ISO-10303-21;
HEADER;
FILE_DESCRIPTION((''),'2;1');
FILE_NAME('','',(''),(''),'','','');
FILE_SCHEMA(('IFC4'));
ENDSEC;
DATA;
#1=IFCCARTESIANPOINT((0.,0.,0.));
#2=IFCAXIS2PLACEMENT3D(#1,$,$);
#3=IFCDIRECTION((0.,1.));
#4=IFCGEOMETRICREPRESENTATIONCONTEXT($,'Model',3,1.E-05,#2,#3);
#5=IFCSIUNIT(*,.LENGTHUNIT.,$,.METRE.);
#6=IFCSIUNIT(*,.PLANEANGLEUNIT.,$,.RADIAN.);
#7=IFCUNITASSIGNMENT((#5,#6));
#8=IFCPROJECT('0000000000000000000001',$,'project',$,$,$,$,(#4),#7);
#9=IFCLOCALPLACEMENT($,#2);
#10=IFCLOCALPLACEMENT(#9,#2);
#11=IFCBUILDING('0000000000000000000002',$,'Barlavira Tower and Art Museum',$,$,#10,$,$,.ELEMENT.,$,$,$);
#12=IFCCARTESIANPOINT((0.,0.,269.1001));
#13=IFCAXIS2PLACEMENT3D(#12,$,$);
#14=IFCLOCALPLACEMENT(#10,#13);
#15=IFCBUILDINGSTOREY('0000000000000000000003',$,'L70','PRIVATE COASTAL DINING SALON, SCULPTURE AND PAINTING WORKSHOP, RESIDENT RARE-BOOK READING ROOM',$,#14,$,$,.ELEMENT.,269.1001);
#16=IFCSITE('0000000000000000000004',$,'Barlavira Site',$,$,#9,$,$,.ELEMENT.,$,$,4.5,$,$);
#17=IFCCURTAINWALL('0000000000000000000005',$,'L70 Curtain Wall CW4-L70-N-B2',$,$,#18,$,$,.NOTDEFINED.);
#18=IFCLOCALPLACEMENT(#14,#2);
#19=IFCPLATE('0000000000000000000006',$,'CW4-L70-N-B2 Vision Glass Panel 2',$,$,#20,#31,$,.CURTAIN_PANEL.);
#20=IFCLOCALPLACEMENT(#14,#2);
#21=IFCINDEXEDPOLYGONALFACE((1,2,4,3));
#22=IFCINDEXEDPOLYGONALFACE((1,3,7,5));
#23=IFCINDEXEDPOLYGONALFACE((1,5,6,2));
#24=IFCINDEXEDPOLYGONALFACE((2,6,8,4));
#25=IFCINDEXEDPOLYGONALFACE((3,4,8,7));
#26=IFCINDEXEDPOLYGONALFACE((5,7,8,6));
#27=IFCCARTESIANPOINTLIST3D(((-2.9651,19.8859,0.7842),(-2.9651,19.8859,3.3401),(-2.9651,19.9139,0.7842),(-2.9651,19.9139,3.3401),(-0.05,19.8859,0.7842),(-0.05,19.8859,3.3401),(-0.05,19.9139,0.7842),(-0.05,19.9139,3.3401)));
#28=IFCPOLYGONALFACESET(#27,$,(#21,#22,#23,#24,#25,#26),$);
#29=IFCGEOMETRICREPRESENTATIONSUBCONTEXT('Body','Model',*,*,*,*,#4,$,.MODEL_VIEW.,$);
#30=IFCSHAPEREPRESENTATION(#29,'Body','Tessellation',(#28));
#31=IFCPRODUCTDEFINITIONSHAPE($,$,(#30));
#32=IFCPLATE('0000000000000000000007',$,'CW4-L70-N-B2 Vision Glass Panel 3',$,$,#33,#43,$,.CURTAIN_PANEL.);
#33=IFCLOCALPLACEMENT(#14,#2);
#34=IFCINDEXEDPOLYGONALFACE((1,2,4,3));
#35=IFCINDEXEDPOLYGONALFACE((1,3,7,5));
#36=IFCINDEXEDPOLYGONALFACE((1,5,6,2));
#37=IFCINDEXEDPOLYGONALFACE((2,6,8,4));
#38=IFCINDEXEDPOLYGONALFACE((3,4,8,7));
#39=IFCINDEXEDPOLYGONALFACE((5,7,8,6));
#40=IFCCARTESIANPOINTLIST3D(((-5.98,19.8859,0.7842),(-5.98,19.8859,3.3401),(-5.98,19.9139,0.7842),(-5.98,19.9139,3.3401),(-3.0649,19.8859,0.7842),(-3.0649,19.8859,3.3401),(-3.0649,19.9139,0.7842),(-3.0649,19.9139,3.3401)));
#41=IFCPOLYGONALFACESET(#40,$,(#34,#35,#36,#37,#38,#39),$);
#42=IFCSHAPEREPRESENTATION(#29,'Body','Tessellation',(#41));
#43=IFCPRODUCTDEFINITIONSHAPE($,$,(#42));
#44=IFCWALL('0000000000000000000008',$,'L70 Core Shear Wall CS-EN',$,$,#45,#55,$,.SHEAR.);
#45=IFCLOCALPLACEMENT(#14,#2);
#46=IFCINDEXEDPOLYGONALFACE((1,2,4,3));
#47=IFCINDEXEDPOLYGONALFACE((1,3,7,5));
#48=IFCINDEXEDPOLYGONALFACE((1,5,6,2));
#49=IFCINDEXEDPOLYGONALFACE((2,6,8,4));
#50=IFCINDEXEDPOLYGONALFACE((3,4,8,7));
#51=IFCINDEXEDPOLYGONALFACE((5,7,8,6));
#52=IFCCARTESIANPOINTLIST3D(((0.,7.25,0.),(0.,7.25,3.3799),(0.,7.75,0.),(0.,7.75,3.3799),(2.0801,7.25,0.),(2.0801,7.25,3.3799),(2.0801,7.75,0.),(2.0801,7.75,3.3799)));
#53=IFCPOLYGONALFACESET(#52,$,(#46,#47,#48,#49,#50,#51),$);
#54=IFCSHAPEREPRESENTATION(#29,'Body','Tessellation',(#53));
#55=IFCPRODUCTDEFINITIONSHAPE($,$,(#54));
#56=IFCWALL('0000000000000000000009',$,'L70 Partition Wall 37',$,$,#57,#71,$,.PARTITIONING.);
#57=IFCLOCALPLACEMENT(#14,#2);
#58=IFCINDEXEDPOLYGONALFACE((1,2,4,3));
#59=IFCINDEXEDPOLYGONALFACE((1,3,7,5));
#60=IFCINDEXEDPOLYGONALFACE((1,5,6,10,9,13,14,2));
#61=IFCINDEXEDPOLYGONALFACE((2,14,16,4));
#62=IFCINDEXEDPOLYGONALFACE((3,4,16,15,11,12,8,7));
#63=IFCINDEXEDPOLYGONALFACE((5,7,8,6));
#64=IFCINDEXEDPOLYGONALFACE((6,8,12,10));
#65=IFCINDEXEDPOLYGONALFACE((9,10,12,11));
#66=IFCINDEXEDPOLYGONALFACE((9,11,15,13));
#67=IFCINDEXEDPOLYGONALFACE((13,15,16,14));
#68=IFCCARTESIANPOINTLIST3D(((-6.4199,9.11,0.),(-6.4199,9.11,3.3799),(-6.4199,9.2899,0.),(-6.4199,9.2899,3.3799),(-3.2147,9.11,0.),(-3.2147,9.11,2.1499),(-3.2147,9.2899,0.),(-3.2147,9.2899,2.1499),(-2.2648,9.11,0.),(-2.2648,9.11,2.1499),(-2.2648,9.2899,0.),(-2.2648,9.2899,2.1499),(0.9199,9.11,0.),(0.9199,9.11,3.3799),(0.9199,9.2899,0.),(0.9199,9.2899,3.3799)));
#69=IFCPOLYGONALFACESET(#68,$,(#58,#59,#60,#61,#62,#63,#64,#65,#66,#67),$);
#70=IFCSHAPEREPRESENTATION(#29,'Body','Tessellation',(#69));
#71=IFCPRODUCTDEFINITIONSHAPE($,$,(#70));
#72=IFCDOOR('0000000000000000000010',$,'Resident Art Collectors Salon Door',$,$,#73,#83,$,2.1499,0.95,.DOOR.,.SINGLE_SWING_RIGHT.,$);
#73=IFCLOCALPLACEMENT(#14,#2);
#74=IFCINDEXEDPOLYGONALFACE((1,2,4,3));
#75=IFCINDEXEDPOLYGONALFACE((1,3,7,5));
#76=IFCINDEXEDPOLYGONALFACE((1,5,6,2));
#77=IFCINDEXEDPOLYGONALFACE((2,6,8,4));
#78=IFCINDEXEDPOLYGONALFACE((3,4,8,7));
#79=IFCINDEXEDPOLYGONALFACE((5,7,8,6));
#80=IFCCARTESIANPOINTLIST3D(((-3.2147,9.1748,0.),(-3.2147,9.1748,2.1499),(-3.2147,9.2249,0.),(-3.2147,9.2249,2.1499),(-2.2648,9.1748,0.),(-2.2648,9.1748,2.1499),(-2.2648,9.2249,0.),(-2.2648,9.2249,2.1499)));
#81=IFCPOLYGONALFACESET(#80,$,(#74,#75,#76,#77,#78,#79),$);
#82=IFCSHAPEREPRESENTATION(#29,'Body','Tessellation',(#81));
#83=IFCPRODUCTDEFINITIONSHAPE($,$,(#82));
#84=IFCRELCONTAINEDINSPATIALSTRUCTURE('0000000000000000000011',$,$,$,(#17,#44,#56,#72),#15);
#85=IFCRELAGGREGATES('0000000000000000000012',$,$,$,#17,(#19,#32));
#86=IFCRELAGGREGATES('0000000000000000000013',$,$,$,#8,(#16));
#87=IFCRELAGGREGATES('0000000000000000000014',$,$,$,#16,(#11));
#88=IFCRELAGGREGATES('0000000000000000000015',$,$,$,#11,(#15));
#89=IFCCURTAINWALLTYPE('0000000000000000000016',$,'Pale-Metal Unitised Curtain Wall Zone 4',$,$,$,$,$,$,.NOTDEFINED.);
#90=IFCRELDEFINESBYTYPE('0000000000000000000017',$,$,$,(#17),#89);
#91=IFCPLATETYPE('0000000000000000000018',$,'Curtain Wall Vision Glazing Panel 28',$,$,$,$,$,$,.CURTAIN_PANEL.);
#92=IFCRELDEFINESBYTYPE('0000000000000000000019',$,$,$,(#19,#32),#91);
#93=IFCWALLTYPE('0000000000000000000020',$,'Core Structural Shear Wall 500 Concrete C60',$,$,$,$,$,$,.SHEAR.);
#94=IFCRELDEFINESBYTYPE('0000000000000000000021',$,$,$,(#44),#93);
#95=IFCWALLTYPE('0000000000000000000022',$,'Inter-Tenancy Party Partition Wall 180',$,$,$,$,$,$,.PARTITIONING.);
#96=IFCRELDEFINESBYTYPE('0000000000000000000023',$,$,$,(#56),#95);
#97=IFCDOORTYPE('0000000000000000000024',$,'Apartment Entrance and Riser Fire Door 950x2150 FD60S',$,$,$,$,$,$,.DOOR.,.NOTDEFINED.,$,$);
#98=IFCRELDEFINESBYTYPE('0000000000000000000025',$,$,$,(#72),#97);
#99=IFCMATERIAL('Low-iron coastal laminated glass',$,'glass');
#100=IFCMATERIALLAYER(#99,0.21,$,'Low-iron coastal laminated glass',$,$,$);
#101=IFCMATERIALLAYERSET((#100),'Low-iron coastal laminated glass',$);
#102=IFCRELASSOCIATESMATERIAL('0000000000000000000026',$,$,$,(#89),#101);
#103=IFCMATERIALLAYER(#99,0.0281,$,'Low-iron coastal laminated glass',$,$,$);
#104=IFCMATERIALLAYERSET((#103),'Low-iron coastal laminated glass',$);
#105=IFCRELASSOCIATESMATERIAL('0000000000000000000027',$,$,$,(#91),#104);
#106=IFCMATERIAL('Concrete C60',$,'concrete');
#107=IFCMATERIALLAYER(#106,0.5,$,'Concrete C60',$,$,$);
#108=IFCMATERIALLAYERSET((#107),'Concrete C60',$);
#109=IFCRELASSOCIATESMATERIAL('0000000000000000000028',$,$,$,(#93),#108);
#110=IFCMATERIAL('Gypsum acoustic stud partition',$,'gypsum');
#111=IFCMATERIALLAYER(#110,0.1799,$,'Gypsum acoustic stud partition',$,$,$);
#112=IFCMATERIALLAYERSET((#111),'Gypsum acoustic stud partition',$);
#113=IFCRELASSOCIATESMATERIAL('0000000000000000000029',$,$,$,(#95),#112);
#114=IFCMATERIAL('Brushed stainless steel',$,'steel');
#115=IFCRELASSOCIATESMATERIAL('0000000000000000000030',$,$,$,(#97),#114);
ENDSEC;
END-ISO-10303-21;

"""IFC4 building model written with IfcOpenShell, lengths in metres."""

from ifc_helpers import new_model, si_unit, direction, frame, frame_2d, origin, origin_2d, place, context, subcontext, project, spatial, rectangle, extrude, material, layer, layer_set, type_object, element, fill, aggregate, save


model = new_model("IFC4")

# Units and contexts
model_context = context("Model", 3, precision=1e-05, world=origin(), true_north=direction((0.0, 1.0)))
body_context = subcontext(model_context, "Body", "Model", "MODEL_VIEW")
ifc_project = project(units=[si_unit("LENGTHUNIT", "METRE"), si_unit("PLANEANGLEUNIT", "RADIAN")], contexts=[model_context])

# Site, building, storey
site_placement = place(None, origin())
site = spatial("IfcSite", under=ifc_project, at=site_placement, Name="Barlavira Site", CompositionType="ELEMENT", RefElevation=4.5)
building_placement = place(site_placement, origin())
building = spatial("IfcBuilding", under=site, at=building_placement, Name="Barlavira Tower and Art Museum", CompositionType="ELEMENT")
storey_placement = place(building_placement, frame((0.0, 0.0, 269.1001)))
storey = spatial("IfcBuildingStorey", under=building, at=storey_placement, Name="L70", Description="PRIVATE COASTAL DINING SALON, SCULPTURE AND PAINTING WORKSHOP, RESIDENT RARE-BOOK READING ROOM", CompositionType="ELEMENT", Elevation=269.1001)

# Curtain wall
ifc_material_1 = material(Name="Low-iron coastal laminated glass", Category="glass")
ifc_layer_1 = layer(ifc_material_1, 0.21, Name="Low-iron coastal laminated glass")
ifc_layer_set_1 = layer_set([ifc_layer_1], Name="Low-iron coastal laminated glass")
curtain_wall_type = type_object("IfcCurtainWallType", Name="Pale-Metal Unitised Curtain Wall Zone 4", PredefinedType="NOTDEFINED", material=ifc_layer_set_1)
curtain_wall_placement = place(storey_placement, origin())
curtain_wall = element("IfcCurtainWall", 1, at=curtain_wall_placement, inside=storey, type_object=curtain_wall_type, Name="L70 Curtain Wall CW4-L70-N-B2", PredefinedType="NOTDEFINED")

# Plates
ifc_layer_2 = layer(ifc_material_1, 0.0281, Name="Low-iron coastal laminated glass")
ifc_layer_set_2 = layer_set([ifc_layer_2], Name="Low-iron coastal laminated glass")
plate_type_1 = type_object("IfcPlateType", Name="Curtain Wall Vision Glazing Panel 28", PredefinedType="CURTAIN_PANEL", material=ifc_layer_set_2)
plate_1_placement = place(storey_placement, frame((-1.5076, 19.8999, 0.7842), z_axis=(0.0, 0.0, 1.0), x_axis=(-1.0, 0.0, 0.0)))
plate_1 = element("IfcPlate", 2, at=plate_1_placement, type_object=plate_type_1, Name="CW4-L70-N-B2 Vision Glass Panel 2", PredefinedType="CURTAIN_PANEL", context=body_context, shape_type="SweptSolid", body=[
    extrude(rectangle(XDim=2.915, YDim=0.0281, at=origin_2d()), origin(), (0.0, 0.0, 1.0), 2.5559),
])
plate_2_placement = place(storey_placement, frame((-4.5225, 19.8999, 0.7842), z_axis=(0.0, 0.0, 1.0), x_axis=(-1.0, 0.0, 0.0)))
plate_2 = element("IfcPlate", 3, at=plate_2_placement, type_object=plate_type_1, Name="CW4-L70-N-B2 Vision Glass Panel 3", PredefinedType="CURTAIN_PANEL", context=body_context, shape_type="SweptSolid", body=[
    extrude(rectangle(XDim=2.915, YDim=0.0281, at=origin_2d()), origin(), (0.0, 0.0, 1.0), 2.5559),
])
aggregate(curtain_wall, [plate_1, plate_2])

# Wall
ifc_material_2 = material(Name="Concrete C60", Category="concrete")
ifc_layer_3 = layer(ifc_material_2, 0.5, Name="Concrete C60")
ifc_layer_set_3 = layer_set([ifc_layer_3], Name="Concrete C60")
wall_type_1 = type_object("IfcWallType", Name="Core Structural Shear Wall 500 Concrete C60", PredefinedType="SHEAR", material=ifc_layer_set_3)
wall_1_placement = place(storey_placement, frame((0.0, 7.5, 0.0), z_axis=(0.0, 0.0, 1.0), x_axis=(1.0, 0.0, 0.0)))
element("IfcWall", 4, at=wall_1_placement, inside=storey, type_object=wall_type_1, Name="L70 Core Shear Wall CS-EN", PredefinedType="SHEAR", context=body_context, shape_type="SweptSolid", body=[
    extrude(rectangle(XDim=2.0801, YDim=0.5, at=frame_2d((1.04, 0.0))), origin(), (0.0, 0.0, 1.0), 3.3799),
])

# Wall, opening, door
ifc_material_3 = material(Name="Gypsum acoustic stud partition", Category="gypsum")
ifc_layer_4 = layer(ifc_material_3, 0.1799, Name="Gypsum acoustic stud partition")
ifc_layer_set_4 = layer_set([ifc_layer_4], Name="Gypsum acoustic stud partition")
wall_type_2 = type_object("IfcWallType", Name="Inter-Tenancy Party Partition Wall 180", PredefinedType="PARTITIONING", material=ifc_layer_set_4)
wall_2_placement = place(storey_placement, frame((-6.4199, 9.2, 0.0), z_axis=(0.0, 0.0, 1.0), x_axis=(1.0, 0.0, 0.0)))
wall_2 = element("IfcWall", 5, at=wall_2_placement, inside=storey, type_object=wall_type_2, Name="L70 Partition Wall 37", PredefinedType="PARTITIONING", context=body_context, shape_type="SweptSolid", body=[
    extrude(rectangle(XDim=7.3398, YDim=0.1799, at=frame_2d((3.6699, 0.0))), origin(), (0.0, 0.0, 1.0), 3.3799),
])
opening_placement = place(wall_2_placement, frame((3.2051, 0.0, 0.0)))
opening = element("IfcOpeningElement", 6, at=opening_placement, cuts=wall_2, PredefinedType="OPENING", context=body_context, shape_type="SweptSolid", body=[
    extrude(rectangle(XDim=0.95, YDim=2.1499, at=frame_2d((0.4751, 1.075))), frame((0.0, 0.1001, 0.0), z_axis=(0.0, -1.0, 0.0), x_axis=(1.0, 0.0, 0.0)), (0.0, 0.0, 1.0), 0.2),
])
ifc_material_4 = material(Name="Brushed stainless steel", Category="steel")
door_type = type_object("IfcDoorType", Name="Apartment Entrance and Riser Fire Door 950x2150 FD60S", OperationType="NOTDEFINED", PredefinedType="DOOR", material=ifc_material_4)
door_placement = place(opening_placement, origin())
door = element("IfcDoor", 7, at=door_placement, inside=storey, type_object=door_type, Name="Resident Art Collectors Salon Door", OperationType="SINGLE_SWING_RIGHT", OverallHeight=2.1499, OverallWidth=0.95, PredefinedType="DOOR", context=body_context, shape_type="SweptSolid", body=[
    extrude(rectangle(XDim=0.95, YDim=2.1499, at=frame_2d((0.4751, 1.075))), frame((0.0, 0.0249, 0.0), z_axis=(0.0, -1.0, 0.0), x_axis=(1.0, 0.0, 0.0)), (0.0, 0.0, 1.0), 0.05),
])
fill(opening, door)

save(model, "model.ifc")
